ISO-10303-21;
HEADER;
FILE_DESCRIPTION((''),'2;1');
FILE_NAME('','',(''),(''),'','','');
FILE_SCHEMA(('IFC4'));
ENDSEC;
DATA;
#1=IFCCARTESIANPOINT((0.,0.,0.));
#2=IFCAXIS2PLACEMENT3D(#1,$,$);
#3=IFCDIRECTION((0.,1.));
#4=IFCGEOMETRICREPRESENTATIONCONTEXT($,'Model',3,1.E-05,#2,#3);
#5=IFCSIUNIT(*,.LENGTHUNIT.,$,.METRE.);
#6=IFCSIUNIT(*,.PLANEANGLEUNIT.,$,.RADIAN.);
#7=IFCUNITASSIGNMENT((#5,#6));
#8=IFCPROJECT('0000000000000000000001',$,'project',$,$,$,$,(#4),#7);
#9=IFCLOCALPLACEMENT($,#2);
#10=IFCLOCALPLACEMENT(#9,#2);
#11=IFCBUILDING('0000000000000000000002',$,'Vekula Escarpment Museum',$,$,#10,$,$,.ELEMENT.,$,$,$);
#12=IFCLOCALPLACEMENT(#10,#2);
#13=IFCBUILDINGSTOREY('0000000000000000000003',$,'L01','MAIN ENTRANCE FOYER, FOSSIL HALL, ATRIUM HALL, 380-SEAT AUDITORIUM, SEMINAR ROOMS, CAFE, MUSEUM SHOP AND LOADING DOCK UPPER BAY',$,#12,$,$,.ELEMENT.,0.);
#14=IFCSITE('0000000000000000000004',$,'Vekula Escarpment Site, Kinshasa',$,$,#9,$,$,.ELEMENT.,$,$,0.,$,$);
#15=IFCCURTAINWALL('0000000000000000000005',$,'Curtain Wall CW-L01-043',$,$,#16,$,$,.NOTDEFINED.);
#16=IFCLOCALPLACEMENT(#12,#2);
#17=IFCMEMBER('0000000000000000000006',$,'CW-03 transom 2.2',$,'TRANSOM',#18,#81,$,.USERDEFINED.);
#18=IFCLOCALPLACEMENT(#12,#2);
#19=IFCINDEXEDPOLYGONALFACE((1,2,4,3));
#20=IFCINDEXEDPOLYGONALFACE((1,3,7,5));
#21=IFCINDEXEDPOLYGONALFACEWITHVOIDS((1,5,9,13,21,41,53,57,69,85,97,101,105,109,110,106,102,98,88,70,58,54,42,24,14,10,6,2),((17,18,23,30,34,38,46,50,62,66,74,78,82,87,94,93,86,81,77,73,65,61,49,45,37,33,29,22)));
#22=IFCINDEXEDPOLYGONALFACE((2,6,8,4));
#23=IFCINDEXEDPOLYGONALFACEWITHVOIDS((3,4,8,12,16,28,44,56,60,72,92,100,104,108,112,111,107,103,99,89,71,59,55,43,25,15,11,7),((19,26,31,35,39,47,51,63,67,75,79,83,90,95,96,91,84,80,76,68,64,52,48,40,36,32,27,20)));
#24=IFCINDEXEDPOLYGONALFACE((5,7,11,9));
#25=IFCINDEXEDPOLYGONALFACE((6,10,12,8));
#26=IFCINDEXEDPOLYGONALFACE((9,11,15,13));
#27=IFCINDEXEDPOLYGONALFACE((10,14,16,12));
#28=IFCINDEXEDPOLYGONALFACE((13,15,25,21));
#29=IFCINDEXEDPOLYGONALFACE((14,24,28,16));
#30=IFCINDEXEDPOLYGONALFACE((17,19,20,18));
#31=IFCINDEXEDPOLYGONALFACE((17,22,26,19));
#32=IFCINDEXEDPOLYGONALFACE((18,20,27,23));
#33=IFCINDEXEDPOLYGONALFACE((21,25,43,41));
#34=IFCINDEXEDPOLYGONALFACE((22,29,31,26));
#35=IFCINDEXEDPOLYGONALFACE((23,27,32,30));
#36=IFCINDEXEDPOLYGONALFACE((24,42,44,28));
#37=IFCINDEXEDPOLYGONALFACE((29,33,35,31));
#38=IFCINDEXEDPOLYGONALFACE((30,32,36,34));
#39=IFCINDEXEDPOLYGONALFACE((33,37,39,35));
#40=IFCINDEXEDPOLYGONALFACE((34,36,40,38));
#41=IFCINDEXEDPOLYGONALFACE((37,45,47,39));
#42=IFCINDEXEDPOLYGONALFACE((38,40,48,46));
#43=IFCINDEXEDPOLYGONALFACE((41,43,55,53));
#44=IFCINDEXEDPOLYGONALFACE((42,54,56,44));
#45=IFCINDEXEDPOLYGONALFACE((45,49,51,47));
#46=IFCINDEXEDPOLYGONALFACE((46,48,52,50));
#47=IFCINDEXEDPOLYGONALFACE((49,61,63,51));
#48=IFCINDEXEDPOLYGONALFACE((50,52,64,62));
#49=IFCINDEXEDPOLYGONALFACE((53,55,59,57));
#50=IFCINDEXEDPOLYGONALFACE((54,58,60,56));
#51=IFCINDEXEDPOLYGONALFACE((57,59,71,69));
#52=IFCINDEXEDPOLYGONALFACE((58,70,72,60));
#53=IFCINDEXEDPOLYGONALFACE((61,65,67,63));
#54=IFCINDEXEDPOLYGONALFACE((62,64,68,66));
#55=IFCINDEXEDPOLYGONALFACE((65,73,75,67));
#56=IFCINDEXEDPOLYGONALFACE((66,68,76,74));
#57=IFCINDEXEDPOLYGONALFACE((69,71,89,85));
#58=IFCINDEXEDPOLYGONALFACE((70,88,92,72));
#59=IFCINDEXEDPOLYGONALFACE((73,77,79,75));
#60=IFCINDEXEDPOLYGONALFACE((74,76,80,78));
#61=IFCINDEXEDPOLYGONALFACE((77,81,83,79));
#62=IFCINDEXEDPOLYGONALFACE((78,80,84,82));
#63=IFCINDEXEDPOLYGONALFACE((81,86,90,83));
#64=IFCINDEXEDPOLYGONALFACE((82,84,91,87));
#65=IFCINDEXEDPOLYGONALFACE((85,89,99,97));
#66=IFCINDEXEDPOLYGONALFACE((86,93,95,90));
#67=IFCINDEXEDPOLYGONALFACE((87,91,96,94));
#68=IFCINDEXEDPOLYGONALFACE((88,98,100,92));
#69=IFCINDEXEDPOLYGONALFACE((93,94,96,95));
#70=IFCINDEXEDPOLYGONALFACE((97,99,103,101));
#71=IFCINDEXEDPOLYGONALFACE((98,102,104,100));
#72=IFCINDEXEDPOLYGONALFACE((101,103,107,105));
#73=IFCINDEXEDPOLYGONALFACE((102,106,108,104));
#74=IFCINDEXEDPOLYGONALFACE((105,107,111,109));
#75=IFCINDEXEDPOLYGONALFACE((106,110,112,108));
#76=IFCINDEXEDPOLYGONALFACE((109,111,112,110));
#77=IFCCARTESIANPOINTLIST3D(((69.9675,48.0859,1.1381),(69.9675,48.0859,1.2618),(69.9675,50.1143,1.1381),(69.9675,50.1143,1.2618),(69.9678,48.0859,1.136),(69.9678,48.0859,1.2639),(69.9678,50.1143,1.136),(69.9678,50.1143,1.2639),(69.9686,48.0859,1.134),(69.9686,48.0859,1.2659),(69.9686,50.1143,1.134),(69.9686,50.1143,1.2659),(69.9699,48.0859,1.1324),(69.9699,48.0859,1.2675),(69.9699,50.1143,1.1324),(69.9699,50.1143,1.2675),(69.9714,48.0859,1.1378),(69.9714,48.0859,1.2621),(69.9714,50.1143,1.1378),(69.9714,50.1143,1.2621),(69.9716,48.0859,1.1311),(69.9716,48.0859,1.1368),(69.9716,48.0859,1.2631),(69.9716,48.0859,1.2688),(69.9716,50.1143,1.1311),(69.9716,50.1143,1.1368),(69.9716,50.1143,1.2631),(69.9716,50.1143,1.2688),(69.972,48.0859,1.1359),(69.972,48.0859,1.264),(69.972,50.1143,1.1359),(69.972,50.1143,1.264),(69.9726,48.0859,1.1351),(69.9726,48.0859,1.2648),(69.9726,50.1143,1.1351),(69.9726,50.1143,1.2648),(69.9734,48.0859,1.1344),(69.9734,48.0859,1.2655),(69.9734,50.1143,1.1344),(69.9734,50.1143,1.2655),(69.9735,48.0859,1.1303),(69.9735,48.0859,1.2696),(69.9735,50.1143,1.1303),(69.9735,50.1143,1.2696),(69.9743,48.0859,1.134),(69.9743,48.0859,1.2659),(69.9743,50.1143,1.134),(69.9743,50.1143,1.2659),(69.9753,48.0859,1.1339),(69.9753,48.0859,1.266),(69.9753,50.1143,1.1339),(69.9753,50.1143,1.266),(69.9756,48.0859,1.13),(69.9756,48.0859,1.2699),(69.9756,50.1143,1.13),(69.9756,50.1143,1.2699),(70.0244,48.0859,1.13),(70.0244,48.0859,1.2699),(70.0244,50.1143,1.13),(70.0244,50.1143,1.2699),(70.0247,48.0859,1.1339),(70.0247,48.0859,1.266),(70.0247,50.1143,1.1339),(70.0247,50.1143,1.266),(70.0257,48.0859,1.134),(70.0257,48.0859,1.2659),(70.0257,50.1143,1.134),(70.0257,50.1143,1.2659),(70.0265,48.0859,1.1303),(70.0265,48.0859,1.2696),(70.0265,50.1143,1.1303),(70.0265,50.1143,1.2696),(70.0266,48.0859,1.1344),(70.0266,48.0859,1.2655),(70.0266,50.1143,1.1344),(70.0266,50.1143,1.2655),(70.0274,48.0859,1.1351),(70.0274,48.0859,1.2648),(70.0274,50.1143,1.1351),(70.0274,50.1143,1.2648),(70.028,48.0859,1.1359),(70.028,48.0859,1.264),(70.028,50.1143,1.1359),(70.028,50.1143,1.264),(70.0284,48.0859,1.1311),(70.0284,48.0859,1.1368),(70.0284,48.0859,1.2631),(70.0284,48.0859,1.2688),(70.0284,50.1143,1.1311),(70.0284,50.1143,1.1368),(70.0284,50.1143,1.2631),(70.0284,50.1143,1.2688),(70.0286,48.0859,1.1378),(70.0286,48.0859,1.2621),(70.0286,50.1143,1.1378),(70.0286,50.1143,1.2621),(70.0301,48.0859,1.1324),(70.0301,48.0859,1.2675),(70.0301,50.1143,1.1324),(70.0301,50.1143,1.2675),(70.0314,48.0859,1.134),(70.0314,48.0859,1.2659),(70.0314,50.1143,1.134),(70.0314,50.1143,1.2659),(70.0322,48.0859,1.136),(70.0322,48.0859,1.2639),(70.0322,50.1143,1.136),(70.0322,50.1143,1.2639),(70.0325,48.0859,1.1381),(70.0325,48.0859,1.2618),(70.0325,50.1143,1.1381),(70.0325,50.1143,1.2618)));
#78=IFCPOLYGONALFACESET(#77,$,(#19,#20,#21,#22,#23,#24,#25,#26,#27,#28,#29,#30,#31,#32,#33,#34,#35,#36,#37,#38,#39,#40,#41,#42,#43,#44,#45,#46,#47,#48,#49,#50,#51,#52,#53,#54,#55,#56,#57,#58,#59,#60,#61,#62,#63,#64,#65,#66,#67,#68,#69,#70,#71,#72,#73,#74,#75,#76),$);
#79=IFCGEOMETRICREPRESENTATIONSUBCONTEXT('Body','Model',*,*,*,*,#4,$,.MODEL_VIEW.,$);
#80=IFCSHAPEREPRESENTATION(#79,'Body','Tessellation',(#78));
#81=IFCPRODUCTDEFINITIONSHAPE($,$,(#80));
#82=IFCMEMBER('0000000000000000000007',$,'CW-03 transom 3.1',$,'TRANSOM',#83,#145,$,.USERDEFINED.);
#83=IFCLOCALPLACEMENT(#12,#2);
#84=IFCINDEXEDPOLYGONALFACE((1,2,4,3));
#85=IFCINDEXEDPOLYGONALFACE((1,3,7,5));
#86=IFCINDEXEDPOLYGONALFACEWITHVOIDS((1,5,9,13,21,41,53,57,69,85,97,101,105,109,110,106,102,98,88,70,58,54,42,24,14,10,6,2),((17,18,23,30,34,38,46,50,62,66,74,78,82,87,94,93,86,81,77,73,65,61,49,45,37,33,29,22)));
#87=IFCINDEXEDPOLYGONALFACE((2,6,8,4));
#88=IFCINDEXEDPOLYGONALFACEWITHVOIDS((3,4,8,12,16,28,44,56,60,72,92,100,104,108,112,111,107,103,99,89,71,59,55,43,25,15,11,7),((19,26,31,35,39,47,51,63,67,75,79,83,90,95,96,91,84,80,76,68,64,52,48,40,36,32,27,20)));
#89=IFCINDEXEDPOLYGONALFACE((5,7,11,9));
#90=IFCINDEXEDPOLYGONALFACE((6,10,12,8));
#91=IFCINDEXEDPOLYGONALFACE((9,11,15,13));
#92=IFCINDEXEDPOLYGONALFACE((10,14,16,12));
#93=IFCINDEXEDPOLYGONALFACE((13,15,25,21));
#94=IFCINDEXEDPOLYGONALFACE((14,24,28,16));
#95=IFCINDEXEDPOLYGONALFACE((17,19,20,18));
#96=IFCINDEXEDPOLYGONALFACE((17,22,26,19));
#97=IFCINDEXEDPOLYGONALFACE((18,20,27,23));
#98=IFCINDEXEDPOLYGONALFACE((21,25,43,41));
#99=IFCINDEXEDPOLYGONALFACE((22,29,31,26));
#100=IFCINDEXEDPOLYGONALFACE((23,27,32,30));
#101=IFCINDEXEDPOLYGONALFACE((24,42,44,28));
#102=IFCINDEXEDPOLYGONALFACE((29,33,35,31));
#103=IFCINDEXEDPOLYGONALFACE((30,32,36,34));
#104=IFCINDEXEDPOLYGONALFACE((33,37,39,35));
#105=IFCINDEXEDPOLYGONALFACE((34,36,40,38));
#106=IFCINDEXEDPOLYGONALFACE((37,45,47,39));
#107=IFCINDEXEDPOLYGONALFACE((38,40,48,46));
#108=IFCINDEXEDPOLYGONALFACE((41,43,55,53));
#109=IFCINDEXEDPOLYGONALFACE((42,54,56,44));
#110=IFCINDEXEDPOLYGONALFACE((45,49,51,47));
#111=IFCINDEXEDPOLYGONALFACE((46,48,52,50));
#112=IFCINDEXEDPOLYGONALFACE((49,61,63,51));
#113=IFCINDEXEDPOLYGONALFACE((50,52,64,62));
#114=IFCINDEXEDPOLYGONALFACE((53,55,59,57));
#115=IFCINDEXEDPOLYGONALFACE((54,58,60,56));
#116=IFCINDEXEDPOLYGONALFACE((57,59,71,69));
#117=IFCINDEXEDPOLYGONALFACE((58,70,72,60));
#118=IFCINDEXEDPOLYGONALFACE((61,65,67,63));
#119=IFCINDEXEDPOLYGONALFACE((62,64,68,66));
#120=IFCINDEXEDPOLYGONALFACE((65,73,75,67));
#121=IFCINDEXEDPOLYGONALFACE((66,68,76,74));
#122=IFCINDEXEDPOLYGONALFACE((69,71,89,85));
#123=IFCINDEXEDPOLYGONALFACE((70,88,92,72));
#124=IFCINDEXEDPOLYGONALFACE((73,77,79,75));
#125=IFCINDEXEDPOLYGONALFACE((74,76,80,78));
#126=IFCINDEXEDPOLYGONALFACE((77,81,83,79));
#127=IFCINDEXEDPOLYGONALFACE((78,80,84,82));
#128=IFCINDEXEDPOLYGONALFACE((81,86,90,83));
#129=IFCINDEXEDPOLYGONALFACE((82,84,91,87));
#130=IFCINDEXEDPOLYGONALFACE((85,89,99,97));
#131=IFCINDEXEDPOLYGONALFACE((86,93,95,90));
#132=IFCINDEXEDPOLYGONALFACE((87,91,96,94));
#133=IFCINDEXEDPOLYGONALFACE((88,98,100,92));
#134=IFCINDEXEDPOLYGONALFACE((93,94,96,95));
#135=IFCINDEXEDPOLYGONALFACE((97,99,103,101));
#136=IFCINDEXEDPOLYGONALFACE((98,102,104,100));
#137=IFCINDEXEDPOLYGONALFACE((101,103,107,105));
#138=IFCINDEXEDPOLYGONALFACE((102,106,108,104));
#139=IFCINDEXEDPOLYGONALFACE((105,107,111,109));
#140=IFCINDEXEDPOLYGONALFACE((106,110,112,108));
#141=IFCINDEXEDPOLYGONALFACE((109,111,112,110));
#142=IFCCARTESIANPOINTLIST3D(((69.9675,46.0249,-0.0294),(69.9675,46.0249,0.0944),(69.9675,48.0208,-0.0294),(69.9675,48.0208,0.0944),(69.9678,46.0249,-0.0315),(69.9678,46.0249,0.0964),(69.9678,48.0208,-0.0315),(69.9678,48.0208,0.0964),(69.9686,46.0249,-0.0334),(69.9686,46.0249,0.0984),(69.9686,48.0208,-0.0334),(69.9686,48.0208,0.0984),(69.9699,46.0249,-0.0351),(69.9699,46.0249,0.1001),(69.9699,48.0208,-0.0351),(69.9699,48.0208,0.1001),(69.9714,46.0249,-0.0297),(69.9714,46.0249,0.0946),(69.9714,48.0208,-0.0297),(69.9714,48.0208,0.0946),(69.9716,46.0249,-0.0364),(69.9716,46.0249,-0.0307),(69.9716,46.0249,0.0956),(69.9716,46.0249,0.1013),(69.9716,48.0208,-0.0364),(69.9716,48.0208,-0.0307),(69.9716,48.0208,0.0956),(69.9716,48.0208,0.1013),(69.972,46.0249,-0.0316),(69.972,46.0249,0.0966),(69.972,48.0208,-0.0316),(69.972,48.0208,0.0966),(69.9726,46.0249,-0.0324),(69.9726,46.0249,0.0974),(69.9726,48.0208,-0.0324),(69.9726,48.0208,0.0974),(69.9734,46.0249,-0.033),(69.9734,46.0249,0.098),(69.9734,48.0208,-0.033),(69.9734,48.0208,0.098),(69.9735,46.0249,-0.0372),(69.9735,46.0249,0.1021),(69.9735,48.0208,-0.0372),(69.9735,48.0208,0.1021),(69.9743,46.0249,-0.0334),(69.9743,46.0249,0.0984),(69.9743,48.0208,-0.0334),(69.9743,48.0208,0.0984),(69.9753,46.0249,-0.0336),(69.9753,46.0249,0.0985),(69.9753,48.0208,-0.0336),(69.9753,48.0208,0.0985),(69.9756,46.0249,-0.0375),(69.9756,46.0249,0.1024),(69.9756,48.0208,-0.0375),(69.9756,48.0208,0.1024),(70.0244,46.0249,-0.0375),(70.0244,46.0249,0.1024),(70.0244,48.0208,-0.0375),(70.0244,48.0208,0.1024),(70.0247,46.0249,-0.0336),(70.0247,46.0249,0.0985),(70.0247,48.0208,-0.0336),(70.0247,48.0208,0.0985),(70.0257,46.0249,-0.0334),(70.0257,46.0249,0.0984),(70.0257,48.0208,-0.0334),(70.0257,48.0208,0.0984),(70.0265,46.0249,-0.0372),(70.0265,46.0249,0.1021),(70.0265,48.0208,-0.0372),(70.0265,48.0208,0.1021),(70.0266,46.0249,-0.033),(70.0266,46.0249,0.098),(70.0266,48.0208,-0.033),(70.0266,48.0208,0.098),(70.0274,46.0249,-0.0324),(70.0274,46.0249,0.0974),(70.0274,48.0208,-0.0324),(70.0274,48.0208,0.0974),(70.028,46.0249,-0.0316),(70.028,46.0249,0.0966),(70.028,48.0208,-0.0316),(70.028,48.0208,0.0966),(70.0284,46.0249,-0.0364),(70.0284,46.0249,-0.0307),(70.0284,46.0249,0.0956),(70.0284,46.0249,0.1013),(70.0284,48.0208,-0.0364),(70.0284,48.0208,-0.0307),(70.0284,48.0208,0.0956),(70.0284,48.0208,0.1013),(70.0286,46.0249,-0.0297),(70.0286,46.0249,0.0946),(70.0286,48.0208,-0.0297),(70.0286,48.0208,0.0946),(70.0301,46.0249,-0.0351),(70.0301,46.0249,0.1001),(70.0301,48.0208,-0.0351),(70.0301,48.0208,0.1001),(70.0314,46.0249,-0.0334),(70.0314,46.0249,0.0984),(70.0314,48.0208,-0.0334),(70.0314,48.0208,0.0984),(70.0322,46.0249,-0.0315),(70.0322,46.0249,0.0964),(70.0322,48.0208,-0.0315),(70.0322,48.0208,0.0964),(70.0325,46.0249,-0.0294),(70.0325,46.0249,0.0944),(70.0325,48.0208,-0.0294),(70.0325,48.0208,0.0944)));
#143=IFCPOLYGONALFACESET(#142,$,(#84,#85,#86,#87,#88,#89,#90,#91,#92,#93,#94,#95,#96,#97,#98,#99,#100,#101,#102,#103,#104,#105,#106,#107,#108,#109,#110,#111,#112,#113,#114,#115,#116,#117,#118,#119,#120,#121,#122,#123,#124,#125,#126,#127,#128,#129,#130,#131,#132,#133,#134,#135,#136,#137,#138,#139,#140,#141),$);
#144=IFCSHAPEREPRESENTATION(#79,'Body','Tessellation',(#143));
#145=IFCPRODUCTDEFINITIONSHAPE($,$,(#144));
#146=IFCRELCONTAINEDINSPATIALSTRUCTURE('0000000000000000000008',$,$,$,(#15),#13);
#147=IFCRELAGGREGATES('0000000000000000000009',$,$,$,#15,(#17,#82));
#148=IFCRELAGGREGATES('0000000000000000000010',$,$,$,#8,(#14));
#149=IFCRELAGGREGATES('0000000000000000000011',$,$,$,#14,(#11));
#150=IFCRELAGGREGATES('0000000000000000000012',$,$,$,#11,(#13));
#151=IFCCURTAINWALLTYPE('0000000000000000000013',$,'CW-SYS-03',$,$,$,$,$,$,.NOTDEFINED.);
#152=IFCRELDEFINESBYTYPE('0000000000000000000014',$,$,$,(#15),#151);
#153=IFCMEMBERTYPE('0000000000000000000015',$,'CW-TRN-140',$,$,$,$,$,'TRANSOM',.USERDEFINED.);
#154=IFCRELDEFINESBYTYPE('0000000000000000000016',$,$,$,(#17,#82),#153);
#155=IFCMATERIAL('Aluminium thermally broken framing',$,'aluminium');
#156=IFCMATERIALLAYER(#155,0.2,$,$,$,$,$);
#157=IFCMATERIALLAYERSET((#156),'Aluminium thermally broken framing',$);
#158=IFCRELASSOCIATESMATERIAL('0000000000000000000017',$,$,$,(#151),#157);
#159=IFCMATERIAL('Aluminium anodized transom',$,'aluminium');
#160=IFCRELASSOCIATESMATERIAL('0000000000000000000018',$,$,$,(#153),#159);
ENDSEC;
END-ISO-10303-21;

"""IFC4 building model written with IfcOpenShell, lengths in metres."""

from ifc_helpers import new_model, si_unit, direction, frame, origin, origin_2d, place, context, subcontext, project, spatial, hollow_rectangle, extrude, material, layer, layer_set, material_profile, profile_set, type_object, element, aggregate, save


model = new_model("IFC4")

# Units and contexts
model_context = context("Model", 3, precision=1e-05, world=origin(), true_north=direction((0.0, 1.0)))
body_context = subcontext(model_context, "Body", "Model", "MODEL_VIEW")
ifc_project = project(units=[si_unit("LENGTHUNIT", "METRE"), si_unit("PLANEANGLEUNIT", "RADIAN")], contexts=[model_context])

# Site, building, storey
site_placement = place(None, origin())
site = spatial("IfcSite", under=ifc_project, at=site_placement, Name="Vekula Escarpment Site, Kinshasa", CompositionType="ELEMENT", RefElevation=0.0)
building_placement = place(site_placement, origin())
building = spatial("IfcBuilding", under=site, at=building_placement, Name="Vekula Escarpment Museum", CompositionType="ELEMENT")
storey_placement = place(building_placement, origin())
storey = spatial("IfcBuildingStorey", under=building, at=storey_placement, Name="L01", Description="MAIN ENTRANCE FOYER, FOSSIL HALL, ATRIUM HALL, 380-SEAT AUDITORIUM, SEMINAR ROOMS, CAFE, MUSEUM SHOP AND LOADING DOCK UPPER BAY", CompositionType="ELEMENT", Elevation=0.0)

# Curtain wall
ifc_material_1 = material(Name="Aluminium thermally broken framing", Category="aluminium")
ifc_layer_1 = layer(ifc_material_1, 0.2)
ifc_layer_set_1 = layer_set([ifc_layer_1], Name="Aluminium thermally broken framing")
curtain_wall_type_1 = type_object("IfcCurtainWallType", Name="CW-SYS-03", PredefinedType="NOTDEFINED", material=ifc_layer_set_1)
curtain_wall_1_placement = place(storey_placement, origin())
curtain_wall_1 = element("IfcCurtainWall", 1, at=curtain_wall_1_placement, inside=storey, type_object=curtain_wall_type_1, Name="Curtain Wall CW-L01-043", PredefinedType="NOTDEFINED")

# Members
ifc_material_2 = material(Name="Aluminium anodized transom", Category="aluminium")
ifc_material_profile_1 = material_profile(ifc_material_2, hollow_rectangle(XDim=0.0649, YDim=0.1399, WallThickness=0.0039, InnerFilletRadius=0.0039, OuterFilletRadius=0.0081, at=origin_2d()), Name="ALU 140x65x4")
ifc_profile_set_1 = profile_set([ifc_material_profile_1], Name="Aluminium anodized transom")
member_type_1 = type_object("IfcMemberType", Name="CW-TRN-140", ElementType="TRANSOM", PredefinedType="USERDEFINED", material=ifc_profile_set_1)
member_1_placement = place(storey_placement, frame((70.0, 50.1143, 1.2), z_axis=(0.0, -1.0, 0.0), x_axis=(1.0, 0.0, 0.0)))
member_1 = element("IfcMember", 2, at=member_1_placement, type_object=member_type_1, Name="CW-03 transom 2.2", ObjectType="TRANSOM", PredefinedType="USERDEFINED", context=body_context, shape_type="SweptSolid", body=[
    extrude(hollow_rectangle(XDim=0.0649, YDim=0.1399, WallThickness=0.0039, InnerFilletRadius=0.0039, OuterFilletRadius=0.0081, at=origin_2d()), origin(), (0.0, 0.0, 1.0), 2.0283),
])
member_2_placement = place(storey_placement, frame((70.0, 48.0208, 0.0325), z_axis=(0.0, -1.0, 0.0), x_axis=(1.0, 0.0, 0.0)))
member_2 = element("IfcMember", 3, at=member_2_placement, type_object=member_type_1, Name="CW-03 transom 3.1", ObjectType="TRANSOM", PredefinedType="USERDEFINED", context=body_context, shape_type="SweptSolid", body=[
    extrude(hollow_rectangle(XDim=0.0649, YDim=0.1399, WallThickness=0.0039, InnerFilletRadius=0.0039, OuterFilletRadius=0.0081, at=origin_2d()), origin(), (0.0, 0.0, 1.0), 1.9958),
])

aggregate(curtain_wall_1, [member_1, member_2])

save(model, "model.ifc")
